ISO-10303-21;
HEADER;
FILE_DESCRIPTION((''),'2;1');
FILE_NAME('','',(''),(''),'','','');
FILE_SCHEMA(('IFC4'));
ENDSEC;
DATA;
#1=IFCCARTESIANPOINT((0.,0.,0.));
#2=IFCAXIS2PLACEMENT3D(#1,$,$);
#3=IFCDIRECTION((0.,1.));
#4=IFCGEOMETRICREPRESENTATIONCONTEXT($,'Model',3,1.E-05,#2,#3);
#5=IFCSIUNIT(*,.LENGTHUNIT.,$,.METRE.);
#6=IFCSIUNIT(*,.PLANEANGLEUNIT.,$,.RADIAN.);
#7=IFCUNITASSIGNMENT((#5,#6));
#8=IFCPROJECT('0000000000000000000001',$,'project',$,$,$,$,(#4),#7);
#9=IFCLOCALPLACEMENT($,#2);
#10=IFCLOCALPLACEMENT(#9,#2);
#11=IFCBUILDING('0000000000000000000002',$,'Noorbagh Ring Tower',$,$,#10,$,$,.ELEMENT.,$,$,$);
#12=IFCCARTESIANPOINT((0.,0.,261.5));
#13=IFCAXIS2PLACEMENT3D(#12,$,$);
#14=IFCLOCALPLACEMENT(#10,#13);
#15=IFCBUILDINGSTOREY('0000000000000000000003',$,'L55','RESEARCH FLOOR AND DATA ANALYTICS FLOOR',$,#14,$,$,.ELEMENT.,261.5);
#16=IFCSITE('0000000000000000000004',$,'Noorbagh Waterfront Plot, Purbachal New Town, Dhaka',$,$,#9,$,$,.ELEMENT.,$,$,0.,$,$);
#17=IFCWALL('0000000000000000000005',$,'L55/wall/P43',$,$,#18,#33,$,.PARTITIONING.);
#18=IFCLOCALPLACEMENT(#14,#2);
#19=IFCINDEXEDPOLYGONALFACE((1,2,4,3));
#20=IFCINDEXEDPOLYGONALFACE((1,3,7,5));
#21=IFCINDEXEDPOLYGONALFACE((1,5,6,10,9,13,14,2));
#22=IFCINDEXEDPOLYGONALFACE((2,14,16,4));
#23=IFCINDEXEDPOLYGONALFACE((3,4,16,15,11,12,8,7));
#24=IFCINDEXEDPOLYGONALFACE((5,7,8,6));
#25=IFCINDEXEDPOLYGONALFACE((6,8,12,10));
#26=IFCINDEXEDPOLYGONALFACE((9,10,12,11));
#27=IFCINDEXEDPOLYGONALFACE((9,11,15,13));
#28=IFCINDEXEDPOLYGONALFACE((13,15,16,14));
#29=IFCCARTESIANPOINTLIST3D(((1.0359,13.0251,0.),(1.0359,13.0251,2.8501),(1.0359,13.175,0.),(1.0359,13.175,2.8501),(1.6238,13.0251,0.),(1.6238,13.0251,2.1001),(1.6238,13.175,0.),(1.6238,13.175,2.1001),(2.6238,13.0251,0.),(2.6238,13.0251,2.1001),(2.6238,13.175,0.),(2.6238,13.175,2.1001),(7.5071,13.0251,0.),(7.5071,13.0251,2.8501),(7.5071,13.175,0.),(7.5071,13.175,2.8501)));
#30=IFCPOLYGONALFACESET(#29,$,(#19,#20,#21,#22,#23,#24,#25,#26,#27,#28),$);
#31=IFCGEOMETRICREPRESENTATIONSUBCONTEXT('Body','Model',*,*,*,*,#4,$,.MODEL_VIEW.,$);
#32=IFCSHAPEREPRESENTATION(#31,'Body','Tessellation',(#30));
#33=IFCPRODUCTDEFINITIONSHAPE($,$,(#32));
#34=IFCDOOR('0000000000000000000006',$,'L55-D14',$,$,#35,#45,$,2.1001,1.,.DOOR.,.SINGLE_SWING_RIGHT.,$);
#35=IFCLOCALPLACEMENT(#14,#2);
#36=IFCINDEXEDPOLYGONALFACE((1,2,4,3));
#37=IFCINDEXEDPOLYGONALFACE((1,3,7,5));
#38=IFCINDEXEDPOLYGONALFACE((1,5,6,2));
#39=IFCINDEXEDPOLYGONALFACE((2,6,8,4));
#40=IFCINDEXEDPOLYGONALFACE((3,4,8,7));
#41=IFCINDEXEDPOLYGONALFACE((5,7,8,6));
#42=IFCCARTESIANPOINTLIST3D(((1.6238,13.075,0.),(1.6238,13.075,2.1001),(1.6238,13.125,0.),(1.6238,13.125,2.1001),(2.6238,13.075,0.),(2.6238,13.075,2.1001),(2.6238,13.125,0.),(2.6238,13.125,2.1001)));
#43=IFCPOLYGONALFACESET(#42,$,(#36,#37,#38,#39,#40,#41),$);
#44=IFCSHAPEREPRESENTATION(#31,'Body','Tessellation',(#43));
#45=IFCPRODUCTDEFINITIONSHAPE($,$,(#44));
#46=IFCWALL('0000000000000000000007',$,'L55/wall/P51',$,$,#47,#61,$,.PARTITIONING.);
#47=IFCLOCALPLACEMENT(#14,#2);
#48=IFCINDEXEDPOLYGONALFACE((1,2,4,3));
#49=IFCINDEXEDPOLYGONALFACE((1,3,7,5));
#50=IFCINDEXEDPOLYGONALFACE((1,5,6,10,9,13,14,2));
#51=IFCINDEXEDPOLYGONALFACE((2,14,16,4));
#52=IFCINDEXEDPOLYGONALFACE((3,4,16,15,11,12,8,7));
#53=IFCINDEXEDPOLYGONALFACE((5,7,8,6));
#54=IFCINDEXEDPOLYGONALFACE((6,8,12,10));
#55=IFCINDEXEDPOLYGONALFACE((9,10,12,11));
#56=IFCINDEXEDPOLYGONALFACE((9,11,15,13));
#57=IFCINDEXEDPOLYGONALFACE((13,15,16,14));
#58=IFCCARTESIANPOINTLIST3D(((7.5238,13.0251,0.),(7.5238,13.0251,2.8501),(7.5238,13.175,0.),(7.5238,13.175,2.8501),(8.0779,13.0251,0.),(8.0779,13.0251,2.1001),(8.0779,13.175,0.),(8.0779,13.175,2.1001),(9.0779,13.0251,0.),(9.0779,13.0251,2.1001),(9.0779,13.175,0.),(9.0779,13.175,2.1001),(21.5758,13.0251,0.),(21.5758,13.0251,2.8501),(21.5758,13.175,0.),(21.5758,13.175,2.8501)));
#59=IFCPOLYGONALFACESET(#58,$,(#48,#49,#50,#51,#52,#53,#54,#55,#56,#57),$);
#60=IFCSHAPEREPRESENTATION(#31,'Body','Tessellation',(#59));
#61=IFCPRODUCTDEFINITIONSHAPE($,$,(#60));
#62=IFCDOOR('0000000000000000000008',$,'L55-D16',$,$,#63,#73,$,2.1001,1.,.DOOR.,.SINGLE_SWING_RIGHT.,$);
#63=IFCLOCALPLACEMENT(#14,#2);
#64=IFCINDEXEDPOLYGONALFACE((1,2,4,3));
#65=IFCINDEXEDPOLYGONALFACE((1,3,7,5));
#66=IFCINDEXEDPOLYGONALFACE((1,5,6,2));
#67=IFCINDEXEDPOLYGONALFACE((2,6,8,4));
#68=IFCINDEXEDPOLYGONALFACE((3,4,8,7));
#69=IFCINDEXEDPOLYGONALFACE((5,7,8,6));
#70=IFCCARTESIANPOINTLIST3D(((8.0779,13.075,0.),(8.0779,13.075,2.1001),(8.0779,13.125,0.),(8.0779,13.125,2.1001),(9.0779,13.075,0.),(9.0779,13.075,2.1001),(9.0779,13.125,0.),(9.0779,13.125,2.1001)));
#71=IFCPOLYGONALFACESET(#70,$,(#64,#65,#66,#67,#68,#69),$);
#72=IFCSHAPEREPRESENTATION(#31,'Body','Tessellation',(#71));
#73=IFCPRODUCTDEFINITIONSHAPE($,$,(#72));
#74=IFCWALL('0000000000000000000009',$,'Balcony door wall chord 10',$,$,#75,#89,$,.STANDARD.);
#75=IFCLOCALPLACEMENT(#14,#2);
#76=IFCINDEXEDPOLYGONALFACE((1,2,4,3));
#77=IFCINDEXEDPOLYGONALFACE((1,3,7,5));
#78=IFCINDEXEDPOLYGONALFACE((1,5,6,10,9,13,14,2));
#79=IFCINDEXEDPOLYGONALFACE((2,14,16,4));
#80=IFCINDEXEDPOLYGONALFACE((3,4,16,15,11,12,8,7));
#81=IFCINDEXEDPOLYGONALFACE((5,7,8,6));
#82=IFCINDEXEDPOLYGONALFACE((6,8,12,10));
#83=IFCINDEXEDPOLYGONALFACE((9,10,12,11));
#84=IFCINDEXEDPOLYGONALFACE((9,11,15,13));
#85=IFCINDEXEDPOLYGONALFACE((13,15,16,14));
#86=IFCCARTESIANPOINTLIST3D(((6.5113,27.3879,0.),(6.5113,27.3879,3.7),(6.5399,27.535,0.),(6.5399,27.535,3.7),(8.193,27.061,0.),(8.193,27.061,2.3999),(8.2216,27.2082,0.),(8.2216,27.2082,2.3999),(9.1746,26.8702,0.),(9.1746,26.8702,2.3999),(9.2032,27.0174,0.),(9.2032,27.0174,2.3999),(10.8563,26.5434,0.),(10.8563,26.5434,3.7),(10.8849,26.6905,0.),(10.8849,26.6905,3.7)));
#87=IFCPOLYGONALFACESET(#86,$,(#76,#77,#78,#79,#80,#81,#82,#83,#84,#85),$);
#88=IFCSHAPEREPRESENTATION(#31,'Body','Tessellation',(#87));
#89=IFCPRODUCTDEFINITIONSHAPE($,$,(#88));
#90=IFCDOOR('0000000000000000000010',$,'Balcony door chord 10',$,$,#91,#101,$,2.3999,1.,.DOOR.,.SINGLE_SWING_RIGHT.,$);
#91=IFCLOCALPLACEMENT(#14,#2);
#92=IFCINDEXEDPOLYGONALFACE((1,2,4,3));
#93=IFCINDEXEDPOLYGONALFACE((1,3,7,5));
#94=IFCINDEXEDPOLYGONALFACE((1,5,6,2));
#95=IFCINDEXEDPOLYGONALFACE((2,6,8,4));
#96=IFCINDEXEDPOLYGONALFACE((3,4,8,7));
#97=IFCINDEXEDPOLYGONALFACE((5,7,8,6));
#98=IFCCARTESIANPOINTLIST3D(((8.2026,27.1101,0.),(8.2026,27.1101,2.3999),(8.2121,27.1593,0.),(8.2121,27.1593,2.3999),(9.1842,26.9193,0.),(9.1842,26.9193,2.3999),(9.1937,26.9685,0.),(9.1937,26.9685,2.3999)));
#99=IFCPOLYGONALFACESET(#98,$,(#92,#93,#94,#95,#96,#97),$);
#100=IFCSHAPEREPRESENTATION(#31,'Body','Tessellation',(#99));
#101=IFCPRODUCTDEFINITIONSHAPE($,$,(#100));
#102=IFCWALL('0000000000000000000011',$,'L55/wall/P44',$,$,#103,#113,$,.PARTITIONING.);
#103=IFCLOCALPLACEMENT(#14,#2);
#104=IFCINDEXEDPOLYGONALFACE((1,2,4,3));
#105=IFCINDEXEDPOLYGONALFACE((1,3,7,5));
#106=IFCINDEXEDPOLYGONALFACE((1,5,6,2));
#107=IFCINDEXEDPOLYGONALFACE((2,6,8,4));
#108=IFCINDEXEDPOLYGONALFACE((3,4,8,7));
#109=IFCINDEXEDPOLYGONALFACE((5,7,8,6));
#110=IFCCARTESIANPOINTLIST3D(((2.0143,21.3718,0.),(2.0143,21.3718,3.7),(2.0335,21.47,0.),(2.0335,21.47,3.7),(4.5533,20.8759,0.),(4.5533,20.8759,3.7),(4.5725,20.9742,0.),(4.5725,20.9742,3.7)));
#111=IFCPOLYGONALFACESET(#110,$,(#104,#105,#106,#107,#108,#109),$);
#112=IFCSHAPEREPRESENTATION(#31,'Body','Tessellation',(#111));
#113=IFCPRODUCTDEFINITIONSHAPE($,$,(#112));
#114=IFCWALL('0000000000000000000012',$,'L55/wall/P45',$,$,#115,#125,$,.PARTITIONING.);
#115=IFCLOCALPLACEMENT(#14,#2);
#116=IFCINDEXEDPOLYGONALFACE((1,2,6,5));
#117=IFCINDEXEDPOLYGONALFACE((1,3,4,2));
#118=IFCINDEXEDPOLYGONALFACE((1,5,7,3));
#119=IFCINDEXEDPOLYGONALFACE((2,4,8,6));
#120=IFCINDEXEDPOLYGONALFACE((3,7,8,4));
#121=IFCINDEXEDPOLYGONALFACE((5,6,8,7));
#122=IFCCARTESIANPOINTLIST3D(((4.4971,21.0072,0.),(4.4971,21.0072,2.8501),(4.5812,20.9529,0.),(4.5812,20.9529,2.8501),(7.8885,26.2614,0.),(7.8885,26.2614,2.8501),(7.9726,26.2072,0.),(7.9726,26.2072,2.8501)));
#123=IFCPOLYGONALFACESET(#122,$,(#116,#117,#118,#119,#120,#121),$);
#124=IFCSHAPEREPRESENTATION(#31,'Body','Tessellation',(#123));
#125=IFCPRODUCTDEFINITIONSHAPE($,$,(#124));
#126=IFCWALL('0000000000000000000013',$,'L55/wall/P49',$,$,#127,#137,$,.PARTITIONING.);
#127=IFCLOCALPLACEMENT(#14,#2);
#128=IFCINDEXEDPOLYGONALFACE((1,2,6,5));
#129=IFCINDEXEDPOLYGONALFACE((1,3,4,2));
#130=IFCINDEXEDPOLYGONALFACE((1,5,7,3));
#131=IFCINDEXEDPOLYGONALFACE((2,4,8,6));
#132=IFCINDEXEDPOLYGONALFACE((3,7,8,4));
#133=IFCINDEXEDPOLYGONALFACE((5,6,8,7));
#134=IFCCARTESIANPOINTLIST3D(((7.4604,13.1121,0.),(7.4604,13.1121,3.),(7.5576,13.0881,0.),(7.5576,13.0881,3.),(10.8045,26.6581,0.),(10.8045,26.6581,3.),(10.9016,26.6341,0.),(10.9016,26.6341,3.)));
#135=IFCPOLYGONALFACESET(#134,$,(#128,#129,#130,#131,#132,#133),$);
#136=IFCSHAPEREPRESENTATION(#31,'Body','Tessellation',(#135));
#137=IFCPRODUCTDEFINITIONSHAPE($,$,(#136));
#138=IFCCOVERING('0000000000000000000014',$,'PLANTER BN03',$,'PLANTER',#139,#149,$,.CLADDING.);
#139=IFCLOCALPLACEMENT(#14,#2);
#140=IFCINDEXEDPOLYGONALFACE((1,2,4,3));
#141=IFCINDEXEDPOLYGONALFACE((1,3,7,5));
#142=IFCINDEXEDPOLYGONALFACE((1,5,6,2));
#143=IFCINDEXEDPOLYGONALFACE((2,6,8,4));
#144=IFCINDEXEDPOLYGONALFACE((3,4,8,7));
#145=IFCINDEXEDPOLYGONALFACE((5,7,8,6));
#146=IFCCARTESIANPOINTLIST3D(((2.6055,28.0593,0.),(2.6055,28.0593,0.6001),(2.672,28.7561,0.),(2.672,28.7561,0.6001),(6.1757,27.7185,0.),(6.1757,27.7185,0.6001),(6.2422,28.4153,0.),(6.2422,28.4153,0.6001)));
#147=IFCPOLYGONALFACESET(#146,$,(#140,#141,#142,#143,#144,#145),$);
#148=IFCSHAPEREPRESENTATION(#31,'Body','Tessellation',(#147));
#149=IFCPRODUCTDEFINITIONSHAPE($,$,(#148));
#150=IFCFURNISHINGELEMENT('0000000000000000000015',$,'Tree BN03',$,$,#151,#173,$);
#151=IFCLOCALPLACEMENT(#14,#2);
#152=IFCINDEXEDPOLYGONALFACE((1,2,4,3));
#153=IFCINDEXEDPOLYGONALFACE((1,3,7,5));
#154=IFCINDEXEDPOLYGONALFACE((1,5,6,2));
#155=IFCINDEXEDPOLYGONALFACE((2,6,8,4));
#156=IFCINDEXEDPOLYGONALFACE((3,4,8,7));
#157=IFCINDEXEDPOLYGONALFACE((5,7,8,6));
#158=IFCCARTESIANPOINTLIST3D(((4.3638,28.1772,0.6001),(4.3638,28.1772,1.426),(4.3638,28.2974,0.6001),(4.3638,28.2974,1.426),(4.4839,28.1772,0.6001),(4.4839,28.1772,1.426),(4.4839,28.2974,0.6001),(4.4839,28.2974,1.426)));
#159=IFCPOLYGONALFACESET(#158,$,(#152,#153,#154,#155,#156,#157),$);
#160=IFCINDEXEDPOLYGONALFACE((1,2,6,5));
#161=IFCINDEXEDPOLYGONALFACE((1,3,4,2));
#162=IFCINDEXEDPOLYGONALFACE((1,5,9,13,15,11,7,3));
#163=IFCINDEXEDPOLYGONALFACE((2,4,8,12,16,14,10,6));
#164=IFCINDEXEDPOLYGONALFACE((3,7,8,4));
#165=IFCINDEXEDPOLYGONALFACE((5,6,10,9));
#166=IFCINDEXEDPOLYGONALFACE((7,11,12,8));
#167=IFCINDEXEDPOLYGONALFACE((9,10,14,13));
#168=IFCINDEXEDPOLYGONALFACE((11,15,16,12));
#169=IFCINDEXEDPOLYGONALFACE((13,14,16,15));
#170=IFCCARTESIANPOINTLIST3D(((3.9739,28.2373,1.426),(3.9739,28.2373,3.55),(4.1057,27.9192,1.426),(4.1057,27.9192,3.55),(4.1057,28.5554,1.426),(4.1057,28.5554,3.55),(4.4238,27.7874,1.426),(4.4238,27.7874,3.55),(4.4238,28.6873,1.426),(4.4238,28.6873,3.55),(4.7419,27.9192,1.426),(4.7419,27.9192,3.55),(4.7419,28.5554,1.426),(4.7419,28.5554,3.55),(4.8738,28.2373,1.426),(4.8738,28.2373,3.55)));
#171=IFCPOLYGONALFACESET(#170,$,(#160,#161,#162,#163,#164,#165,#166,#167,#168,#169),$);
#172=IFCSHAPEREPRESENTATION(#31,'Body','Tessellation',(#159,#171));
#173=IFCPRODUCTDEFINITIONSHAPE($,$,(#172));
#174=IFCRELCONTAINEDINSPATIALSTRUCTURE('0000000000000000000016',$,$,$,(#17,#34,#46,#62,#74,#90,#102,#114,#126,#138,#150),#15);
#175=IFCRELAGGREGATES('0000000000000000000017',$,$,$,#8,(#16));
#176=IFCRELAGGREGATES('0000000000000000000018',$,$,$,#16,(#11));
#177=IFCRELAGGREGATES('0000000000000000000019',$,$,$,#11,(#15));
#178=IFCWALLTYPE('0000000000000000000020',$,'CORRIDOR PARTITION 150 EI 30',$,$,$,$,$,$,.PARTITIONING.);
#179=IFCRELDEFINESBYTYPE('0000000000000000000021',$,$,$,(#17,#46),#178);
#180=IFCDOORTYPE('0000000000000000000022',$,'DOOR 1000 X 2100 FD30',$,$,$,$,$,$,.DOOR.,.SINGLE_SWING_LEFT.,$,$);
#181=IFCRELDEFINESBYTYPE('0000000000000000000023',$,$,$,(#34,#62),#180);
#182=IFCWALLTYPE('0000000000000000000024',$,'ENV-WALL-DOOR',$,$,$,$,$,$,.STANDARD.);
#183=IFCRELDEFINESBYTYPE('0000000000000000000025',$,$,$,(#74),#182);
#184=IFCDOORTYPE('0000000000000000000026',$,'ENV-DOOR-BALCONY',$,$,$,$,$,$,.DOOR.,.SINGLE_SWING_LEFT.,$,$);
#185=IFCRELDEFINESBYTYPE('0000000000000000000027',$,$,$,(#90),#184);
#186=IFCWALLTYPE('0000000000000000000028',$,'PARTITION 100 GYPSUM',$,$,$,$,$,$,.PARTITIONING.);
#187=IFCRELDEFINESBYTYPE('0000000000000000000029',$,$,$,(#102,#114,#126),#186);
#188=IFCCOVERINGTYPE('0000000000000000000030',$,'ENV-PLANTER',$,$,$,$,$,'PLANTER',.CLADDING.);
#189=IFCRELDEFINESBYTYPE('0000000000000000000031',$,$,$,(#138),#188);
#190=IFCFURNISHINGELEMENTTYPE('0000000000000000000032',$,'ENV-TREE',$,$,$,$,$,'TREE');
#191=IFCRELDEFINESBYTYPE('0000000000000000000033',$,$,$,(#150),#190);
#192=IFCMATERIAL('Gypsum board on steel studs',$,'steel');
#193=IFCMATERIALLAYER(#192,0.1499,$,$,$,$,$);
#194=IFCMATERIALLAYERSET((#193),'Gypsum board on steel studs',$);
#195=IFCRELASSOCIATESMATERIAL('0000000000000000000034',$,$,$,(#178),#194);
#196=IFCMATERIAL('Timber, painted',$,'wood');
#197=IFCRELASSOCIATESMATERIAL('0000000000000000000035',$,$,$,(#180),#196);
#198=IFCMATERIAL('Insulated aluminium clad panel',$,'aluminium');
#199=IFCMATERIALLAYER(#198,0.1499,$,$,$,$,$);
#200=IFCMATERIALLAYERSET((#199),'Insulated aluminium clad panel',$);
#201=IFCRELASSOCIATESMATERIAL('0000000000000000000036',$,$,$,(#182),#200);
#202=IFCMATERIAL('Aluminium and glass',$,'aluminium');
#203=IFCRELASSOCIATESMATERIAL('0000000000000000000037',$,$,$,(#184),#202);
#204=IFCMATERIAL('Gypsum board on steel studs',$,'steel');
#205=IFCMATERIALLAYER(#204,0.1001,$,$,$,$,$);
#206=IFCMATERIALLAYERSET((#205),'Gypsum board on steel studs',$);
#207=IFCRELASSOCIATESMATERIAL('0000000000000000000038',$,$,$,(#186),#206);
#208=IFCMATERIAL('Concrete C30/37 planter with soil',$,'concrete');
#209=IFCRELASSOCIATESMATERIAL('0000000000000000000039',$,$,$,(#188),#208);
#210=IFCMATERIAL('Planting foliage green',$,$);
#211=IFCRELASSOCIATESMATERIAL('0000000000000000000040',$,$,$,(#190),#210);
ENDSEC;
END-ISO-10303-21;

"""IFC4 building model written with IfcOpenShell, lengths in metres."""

from ifc_helpers import new_model, si_unit, direction, frame, frame_2d, origin, origin_2d, place, context, subcontext, project, spatial, polyline, rectangle, outline, extrude, material, layer, layer_set, type_object, element, fill, save


model = new_model("IFC4")

# Units and contexts
model_context = context("Model", 3, precision=1e-05, world=origin(), true_north=direction((0.0, 1.0)))
body_context = subcontext(model_context, "Body", "Model", "MODEL_VIEW")
ifc_project = project(units=[si_unit("LENGTHUNIT", "METRE"), si_unit("PLANEANGLEUNIT", "RADIAN")], contexts=[model_context])

# Site, building, storey
site_placement = place(None, origin())
site = spatial("IfcSite", under=ifc_project, at=site_placement, Name="Noorbagh Waterfront Plot, Purbachal New Town, Dhaka", CompositionType="ELEMENT", RefElevation=0.0)
building_placement = place(site_placement, origin())
building = spatial("IfcBuilding", under=site, at=building_placement, Name="Noorbagh Ring Tower", CompositionType="ELEMENT")
storey_placement = place(building_placement, frame((0.0, 0.0, 261.5)))
storey = spatial("IfcBuildingStorey", under=building, at=storey_placement, Name="L55", Description="RESEARCH FLOOR AND DATA ANALYTICS FLOOR", CompositionType="ELEMENT", Elevation=261.5)

# Shared definitions
ifc_material_1 = material(Name="Gypsum board on steel studs", Category="steel")
ifc_layer_1 = layer(ifc_material_1, 0.1499)
ifc_layer_set_1 = layer_set([ifc_layer_1], Name="Gypsum board on steel studs")
wall_type_1 = type_object("IfcWallType", Name="CORRIDOR PARTITION 150 EI 30", PredefinedType="PARTITIONING", material=ifc_layer_set_1)

# Walls, openings, doors
wall_1_placement = place(storey_placement, frame((1.0359, 13.1001, 0.0), z_axis=(0.0, 0.0, 1.0), x_axis=(1.0, 0.0, 0.0)))
wall_1 = element("IfcWall", 1, at=wall_1_placement, inside=storey, type_object=wall_type_1, Name="L55/wall/P43", PredefinedType="PARTITIONING", context=body_context, shape_type="SweptSolid", body=[
    extrude(rectangle(XDim=6.4712, YDim=0.1499, at=frame_2d((3.2356, 0.0))), origin(), (0.0, 0.0, 1.0), 2.8501),
])
opening_1_placement = place(wall_1_placement, frame((0.5879, 0.0, 0.0)))
opening_1 = element("IfcOpeningElement", 2, at=opening_1_placement, cuts=wall_1, PredefinedType="OPENING", context=body_context, shape_type="SweptSolid", body=[
    extrude(rectangle(XDim=1.0, YDim=2.1001, at=frame_2d((0.5, 1.05))), frame((0.0, 0.085, 0.0), z_axis=(0.0, -1.0, 0.0), x_axis=(1.0, 0.0, 0.0)), (0.0, 0.0, 1.0), 0.1699),
])
ifc_material_2 = material(Name="Timber, painted", Category="wood")
door_type_1 = type_object("IfcDoorType", Name="DOOR 1000 X 2100 FD30", OperationType="SINGLE_SWING_LEFT", PredefinedType="DOOR", material=ifc_material_2)
door_1_placement = place(opening_1_placement, origin())
door_1 = element("IfcDoor", 3, at=door_1_placement, inside=storey, type_object=door_type_1, Name="L55-D14", OperationType="SINGLE_SWING_RIGHT", OverallHeight=2.1001, OverallWidth=1.0, PredefinedType="DOOR", context=body_context, shape_type="SweptSolid", body=[
    extrude(rectangle(XDim=1.0, YDim=2.1001, at=frame_2d((0.5, 1.05))), frame((0.0, 0.0249, 0.0), z_axis=(0.0, -1.0, 0.0), x_axis=(1.0, 0.0, 0.0)), (0.0, 0.0, 1.0), 0.05),
])
fill(opening_1, door_1)
wall_2_placement = place(storey_placement, frame((7.5239, 13.1001, 0.0), z_axis=(0.0, 0.0, 1.0), x_axis=(1.0, 0.0, 0.0)))
wall_2 = element("IfcWall", 4, at=wall_2_placement, inside=storey, type_object=wall_type_1, Name="L55/wall/P51", PredefinedType="PARTITIONING", context=body_context, shape_type="SweptSolid", body=[
    extrude(rectangle(XDim=14.052, YDim=0.1499, at=frame_2d((7.0259, 0.0))), origin(), (0.0, 0.0, 1.0), 2.8501),
])
opening_2_placement = place(wall_2_placement, frame((0.554, 0.0, 0.0)))
opening_2 = element("IfcOpeningElement", 5, at=opening_2_placement, cuts=wall_2, PredefinedType="OPENING", context=body_context, shape_type="SweptSolid", body=[
    extrude(rectangle(XDim=1.0, YDim=2.1001, at=frame_2d((0.5, 1.05))), frame((0.0, 0.085, 0.0), z_axis=(0.0, -1.0, 0.0), x_axis=(1.0, 0.0, 0.0)), (0.0, 0.0, 1.0), 0.1699),
])
door_2_placement = place(opening_2_placement, origin())
door_2 = element("IfcDoor", 6, at=door_2_placement, inside=storey, type_object=door_type_1, Name="L55-D16", OperationType="SINGLE_SWING_RIGHT", OverallHeight=2.1001, OverallWidth=1.0, PredefinedType="DOOR", context=body_context, shape_type="SweptSolid", body=[
    extrude(rectangle(XDim=1.0, YDim=2.1001, at=frame_2d((0.5, 1.05))), frame((0.0, 0.0249, 0.0), z_axis=(0.0, -1.0, 0.0), x_axis=(1.0, 0.0, 0.0)), (0.0, 0.0, 1.0), 0.05),
])
fill(opening_2, door_2)
ifc_material_3 = material(Name="Insulated aluminium clad panel", Category="aluminium")
ifc_layer_2 = layer(ifc_material_3, 0.1499)
ifc_layer_set_2 = layer_set([ifc_layer_2], Name="Insulated aluminium clad panel")
wall_type_2 = type_object("IfcWallType", Name="ENV-WALL-DOOR", PredefinedType="STANDARD", material=ifc_layer_set_2)
wall_3_placement = place(storey_placement, frame((10.8706, 26.6169, 0.0), z_axis=(0.0, 0.0, 1.0), x_axis=(-0.981631, 0.190788, 0.0)))
wall_3 = element("IfcWall", 7, at=wall_3_placement, inside=storey, type_object=wall_type_2, Name="Balcony door wall chord 10", PredefinedType="STANDARD", context=body_context, shape_type="SweptSolid", body=[
    extrude(rectangle(XDim=4.4263, YDim=0.1499, at=frame_2d((2.2131, 0.0))), origin(), (0.0, 0.0, 1.0), 3.7),
])
opening_3_placement = place(wall_3_placement, frame((1.7131, 0.0, 0.0)))
opening_3 = element("IfcOpeningElement", 8, at=opening_3_placement, cuts=wall_3, PredefinedType="OPENING", context=body_context, shape_type="SweptSolid", body=[
    extrude(rectangle(XDim=1.0, YDim=2.3999, at=frame_2d((0.5, 1.2))), frame((0.0, 0.085, 0.0), z_axis=(0.0, -1.0, 0.0), x_axis=(1.0, 0.0, 0.0)), (0.0, 0.0, 1.0), 0.1699),
])
ifc_material_4 = material(Name="Aluminium and glass", Category="aluminium")
door_type_2 = type_object("IfcDoorType", Name="ENV-DOOR-BALCONY", OperationType="SINGLE_SWING_LEFT", PredefinedType="DOOR", material=ifc_material_4)
door_3_placement = place(opening_3_placement, origin())
door_3 = element("IfcDoor", 9, at=door_3_placement, inside=storey, type_object=door_type_2, Name="Balcony door chord 10", OperationType="SINGLE_SWING_RIGHT", OverallHeight=2.3999, OverallWidth=1.0, PredefinedType="DOOR", context=body_context, shape_type="SweptSolid", body=[
    extrude(rectangle(XDim=1.0, YDim=2.3999, at=frame_2d((0.5, 1.2))), frame((0.0, 0.0249, 0.0), z_axis=(0.0, -1.0, 0.0), x_axis=(1.0, 0.0, 0.0)), (0.0, 0.0, 1.0), 0.05),
])
fill(opening_3, door_3)

# Walls
ifc_material_5 = material(Name="Gypsum board on steel studs", Category="steel")
ifc_layer_3 = layer(ifc_material_5, 0.1001)
ifc_layer_set_3 = layer_set([ifc_layer_3], Name="Gypsum board on steel studs")
wall_type_3 = type_object("IfcWallType", Name="PARTITION 100 GYPSUM", PredefinedType="PARTITIONING", material=ifc_layer_set_3)
wall_4_placement = place(storey_placement, frame((2.0239, 21.4209, 0.0), z_axis=(0.0, 0.0, 1.0), x_axis=(0.98146, -0.191668, 0.0)))
element("IfcWall", 10, at=wall_4_placement, inside=storey, type_object=wall_type_3, Name="L55/wall/P44", PredefinedType="PARTITIONING", context=body_context, shape_type="SweptSolid", body=[
    extrude(rectangle(XDim=2.5869, YDim=0.1001, at=frame_2d((1.2935, 0.0))), origin(), (0.0, 0.0, 1.0), 3.7),
])
wall_5_placement = place(storey_placement, frame((4.5391, 20.98, 0.0), z_axis=(0.0, 0.0, 1.0), x_axis=(0.542306, 0.840181, 0.0)))
element("IfcWall", 11, at=wall_5_placement, inside=storey, type_object=wall_type_3, Name="L55/wall/P45", PredefinedType="PARTITIONING", context=body_context, shape_type="SweptSolid", body=[
    extrude(rectangle(XDim=6.2537, YDim=0.1001, at=frame_2d((3.127, 0.0))), origin(), (0.0, 0.0, 1.0), 2.8501),
])
wall_6_placement = place(storey_placement, frame((7.509, 13.1001, 0.0), z_axis=(0.0, 0.0, 1.0), x_axis=(0.239669, 0.970855, 0.0)))
element("IfcWall", 12, at=wall_6_placement, inside=storey, type_object=wall_type_3, Name="L55/wall/P49", PredefinedType="PARTITIONING", context=body_context, shape_type="SweptSolid", body=[
    extrude(rectangle(XDim=13.9526, YDim=0.1001, at=frame_2d((6.9763, 0.0))), origin(), (0.0, 0.0, 1.0), 3.0),
])

# Covering
ifc_material_6 = material(Name="Concrete C30/37 planter with soil", Category="concrete")
covering_type = type_object("IfcCoveringType", Name="ENV-PLANTER", ElementType="PLANTER", PredefinedType="CLADDING", material=ifc_material_6)
covering_placement = place(storey_placement, frame((4.4238, 28.2373, 0.0), z_axis=(0.0, 0.0, 1.0), x_axis=(-0.995476, 0.095008, 0.0)))
element("IfcCovering", 13, at=covering_placement, inside=storey, type_object=covering_type, Name="PLANTER BN03", ObjectType="PLANTER", PredefinedType="CLADDING", context=body_context, shape_type="SweptSolid", body=[
    extrude(rectangle(XDim=3.5864, YDim=0.7, at=origin_2d()), origin(), (0.0, 0.0, 1.0), 0.6001),
])

# Furnishing element
ifc_material_7 = material(Name="Planting foliage green")
furnishing_element_type = type_object("IfcFurnishingElementType", Name="ENV-TREE", ElementType="TREE", material=ifc_material_7)
furnishing_placement = place(storey_placement, frame((4.4238, 28.2373, 0.6001), z_axis=(0.0, 0.0, 1.0), x_axis=(1.0, 0.0, 0.0)))
element("IfcFurnishingElement", 14, at=furnishing_placement, inside=storey, type_object=furnishing_element_type, Name="Tree BN03", context=body_context, shape_type="SweptSolid", body=[
    extrude(rectangle(XDim=0.1201, YDim=0.1201, at=origin_2d()), origin(), (0.0, 0.0, 1.0), 0.8259),
    extrude(outline(polyline([(0.45, 0.0), (0.3181, 0.3181), (0.0, 0.45), (-0.3181, 0.3181), (-0.45, 0.0), (-0.3181, -0.3181), (0.0, -0.45), (0.3181, -0.3181), (0.45, 0.0)])), frame((0.0, 0.0, 0.8259)), (0.0, 0.0, 1.0), 2.124),
])

save(model, "model.ifc")
